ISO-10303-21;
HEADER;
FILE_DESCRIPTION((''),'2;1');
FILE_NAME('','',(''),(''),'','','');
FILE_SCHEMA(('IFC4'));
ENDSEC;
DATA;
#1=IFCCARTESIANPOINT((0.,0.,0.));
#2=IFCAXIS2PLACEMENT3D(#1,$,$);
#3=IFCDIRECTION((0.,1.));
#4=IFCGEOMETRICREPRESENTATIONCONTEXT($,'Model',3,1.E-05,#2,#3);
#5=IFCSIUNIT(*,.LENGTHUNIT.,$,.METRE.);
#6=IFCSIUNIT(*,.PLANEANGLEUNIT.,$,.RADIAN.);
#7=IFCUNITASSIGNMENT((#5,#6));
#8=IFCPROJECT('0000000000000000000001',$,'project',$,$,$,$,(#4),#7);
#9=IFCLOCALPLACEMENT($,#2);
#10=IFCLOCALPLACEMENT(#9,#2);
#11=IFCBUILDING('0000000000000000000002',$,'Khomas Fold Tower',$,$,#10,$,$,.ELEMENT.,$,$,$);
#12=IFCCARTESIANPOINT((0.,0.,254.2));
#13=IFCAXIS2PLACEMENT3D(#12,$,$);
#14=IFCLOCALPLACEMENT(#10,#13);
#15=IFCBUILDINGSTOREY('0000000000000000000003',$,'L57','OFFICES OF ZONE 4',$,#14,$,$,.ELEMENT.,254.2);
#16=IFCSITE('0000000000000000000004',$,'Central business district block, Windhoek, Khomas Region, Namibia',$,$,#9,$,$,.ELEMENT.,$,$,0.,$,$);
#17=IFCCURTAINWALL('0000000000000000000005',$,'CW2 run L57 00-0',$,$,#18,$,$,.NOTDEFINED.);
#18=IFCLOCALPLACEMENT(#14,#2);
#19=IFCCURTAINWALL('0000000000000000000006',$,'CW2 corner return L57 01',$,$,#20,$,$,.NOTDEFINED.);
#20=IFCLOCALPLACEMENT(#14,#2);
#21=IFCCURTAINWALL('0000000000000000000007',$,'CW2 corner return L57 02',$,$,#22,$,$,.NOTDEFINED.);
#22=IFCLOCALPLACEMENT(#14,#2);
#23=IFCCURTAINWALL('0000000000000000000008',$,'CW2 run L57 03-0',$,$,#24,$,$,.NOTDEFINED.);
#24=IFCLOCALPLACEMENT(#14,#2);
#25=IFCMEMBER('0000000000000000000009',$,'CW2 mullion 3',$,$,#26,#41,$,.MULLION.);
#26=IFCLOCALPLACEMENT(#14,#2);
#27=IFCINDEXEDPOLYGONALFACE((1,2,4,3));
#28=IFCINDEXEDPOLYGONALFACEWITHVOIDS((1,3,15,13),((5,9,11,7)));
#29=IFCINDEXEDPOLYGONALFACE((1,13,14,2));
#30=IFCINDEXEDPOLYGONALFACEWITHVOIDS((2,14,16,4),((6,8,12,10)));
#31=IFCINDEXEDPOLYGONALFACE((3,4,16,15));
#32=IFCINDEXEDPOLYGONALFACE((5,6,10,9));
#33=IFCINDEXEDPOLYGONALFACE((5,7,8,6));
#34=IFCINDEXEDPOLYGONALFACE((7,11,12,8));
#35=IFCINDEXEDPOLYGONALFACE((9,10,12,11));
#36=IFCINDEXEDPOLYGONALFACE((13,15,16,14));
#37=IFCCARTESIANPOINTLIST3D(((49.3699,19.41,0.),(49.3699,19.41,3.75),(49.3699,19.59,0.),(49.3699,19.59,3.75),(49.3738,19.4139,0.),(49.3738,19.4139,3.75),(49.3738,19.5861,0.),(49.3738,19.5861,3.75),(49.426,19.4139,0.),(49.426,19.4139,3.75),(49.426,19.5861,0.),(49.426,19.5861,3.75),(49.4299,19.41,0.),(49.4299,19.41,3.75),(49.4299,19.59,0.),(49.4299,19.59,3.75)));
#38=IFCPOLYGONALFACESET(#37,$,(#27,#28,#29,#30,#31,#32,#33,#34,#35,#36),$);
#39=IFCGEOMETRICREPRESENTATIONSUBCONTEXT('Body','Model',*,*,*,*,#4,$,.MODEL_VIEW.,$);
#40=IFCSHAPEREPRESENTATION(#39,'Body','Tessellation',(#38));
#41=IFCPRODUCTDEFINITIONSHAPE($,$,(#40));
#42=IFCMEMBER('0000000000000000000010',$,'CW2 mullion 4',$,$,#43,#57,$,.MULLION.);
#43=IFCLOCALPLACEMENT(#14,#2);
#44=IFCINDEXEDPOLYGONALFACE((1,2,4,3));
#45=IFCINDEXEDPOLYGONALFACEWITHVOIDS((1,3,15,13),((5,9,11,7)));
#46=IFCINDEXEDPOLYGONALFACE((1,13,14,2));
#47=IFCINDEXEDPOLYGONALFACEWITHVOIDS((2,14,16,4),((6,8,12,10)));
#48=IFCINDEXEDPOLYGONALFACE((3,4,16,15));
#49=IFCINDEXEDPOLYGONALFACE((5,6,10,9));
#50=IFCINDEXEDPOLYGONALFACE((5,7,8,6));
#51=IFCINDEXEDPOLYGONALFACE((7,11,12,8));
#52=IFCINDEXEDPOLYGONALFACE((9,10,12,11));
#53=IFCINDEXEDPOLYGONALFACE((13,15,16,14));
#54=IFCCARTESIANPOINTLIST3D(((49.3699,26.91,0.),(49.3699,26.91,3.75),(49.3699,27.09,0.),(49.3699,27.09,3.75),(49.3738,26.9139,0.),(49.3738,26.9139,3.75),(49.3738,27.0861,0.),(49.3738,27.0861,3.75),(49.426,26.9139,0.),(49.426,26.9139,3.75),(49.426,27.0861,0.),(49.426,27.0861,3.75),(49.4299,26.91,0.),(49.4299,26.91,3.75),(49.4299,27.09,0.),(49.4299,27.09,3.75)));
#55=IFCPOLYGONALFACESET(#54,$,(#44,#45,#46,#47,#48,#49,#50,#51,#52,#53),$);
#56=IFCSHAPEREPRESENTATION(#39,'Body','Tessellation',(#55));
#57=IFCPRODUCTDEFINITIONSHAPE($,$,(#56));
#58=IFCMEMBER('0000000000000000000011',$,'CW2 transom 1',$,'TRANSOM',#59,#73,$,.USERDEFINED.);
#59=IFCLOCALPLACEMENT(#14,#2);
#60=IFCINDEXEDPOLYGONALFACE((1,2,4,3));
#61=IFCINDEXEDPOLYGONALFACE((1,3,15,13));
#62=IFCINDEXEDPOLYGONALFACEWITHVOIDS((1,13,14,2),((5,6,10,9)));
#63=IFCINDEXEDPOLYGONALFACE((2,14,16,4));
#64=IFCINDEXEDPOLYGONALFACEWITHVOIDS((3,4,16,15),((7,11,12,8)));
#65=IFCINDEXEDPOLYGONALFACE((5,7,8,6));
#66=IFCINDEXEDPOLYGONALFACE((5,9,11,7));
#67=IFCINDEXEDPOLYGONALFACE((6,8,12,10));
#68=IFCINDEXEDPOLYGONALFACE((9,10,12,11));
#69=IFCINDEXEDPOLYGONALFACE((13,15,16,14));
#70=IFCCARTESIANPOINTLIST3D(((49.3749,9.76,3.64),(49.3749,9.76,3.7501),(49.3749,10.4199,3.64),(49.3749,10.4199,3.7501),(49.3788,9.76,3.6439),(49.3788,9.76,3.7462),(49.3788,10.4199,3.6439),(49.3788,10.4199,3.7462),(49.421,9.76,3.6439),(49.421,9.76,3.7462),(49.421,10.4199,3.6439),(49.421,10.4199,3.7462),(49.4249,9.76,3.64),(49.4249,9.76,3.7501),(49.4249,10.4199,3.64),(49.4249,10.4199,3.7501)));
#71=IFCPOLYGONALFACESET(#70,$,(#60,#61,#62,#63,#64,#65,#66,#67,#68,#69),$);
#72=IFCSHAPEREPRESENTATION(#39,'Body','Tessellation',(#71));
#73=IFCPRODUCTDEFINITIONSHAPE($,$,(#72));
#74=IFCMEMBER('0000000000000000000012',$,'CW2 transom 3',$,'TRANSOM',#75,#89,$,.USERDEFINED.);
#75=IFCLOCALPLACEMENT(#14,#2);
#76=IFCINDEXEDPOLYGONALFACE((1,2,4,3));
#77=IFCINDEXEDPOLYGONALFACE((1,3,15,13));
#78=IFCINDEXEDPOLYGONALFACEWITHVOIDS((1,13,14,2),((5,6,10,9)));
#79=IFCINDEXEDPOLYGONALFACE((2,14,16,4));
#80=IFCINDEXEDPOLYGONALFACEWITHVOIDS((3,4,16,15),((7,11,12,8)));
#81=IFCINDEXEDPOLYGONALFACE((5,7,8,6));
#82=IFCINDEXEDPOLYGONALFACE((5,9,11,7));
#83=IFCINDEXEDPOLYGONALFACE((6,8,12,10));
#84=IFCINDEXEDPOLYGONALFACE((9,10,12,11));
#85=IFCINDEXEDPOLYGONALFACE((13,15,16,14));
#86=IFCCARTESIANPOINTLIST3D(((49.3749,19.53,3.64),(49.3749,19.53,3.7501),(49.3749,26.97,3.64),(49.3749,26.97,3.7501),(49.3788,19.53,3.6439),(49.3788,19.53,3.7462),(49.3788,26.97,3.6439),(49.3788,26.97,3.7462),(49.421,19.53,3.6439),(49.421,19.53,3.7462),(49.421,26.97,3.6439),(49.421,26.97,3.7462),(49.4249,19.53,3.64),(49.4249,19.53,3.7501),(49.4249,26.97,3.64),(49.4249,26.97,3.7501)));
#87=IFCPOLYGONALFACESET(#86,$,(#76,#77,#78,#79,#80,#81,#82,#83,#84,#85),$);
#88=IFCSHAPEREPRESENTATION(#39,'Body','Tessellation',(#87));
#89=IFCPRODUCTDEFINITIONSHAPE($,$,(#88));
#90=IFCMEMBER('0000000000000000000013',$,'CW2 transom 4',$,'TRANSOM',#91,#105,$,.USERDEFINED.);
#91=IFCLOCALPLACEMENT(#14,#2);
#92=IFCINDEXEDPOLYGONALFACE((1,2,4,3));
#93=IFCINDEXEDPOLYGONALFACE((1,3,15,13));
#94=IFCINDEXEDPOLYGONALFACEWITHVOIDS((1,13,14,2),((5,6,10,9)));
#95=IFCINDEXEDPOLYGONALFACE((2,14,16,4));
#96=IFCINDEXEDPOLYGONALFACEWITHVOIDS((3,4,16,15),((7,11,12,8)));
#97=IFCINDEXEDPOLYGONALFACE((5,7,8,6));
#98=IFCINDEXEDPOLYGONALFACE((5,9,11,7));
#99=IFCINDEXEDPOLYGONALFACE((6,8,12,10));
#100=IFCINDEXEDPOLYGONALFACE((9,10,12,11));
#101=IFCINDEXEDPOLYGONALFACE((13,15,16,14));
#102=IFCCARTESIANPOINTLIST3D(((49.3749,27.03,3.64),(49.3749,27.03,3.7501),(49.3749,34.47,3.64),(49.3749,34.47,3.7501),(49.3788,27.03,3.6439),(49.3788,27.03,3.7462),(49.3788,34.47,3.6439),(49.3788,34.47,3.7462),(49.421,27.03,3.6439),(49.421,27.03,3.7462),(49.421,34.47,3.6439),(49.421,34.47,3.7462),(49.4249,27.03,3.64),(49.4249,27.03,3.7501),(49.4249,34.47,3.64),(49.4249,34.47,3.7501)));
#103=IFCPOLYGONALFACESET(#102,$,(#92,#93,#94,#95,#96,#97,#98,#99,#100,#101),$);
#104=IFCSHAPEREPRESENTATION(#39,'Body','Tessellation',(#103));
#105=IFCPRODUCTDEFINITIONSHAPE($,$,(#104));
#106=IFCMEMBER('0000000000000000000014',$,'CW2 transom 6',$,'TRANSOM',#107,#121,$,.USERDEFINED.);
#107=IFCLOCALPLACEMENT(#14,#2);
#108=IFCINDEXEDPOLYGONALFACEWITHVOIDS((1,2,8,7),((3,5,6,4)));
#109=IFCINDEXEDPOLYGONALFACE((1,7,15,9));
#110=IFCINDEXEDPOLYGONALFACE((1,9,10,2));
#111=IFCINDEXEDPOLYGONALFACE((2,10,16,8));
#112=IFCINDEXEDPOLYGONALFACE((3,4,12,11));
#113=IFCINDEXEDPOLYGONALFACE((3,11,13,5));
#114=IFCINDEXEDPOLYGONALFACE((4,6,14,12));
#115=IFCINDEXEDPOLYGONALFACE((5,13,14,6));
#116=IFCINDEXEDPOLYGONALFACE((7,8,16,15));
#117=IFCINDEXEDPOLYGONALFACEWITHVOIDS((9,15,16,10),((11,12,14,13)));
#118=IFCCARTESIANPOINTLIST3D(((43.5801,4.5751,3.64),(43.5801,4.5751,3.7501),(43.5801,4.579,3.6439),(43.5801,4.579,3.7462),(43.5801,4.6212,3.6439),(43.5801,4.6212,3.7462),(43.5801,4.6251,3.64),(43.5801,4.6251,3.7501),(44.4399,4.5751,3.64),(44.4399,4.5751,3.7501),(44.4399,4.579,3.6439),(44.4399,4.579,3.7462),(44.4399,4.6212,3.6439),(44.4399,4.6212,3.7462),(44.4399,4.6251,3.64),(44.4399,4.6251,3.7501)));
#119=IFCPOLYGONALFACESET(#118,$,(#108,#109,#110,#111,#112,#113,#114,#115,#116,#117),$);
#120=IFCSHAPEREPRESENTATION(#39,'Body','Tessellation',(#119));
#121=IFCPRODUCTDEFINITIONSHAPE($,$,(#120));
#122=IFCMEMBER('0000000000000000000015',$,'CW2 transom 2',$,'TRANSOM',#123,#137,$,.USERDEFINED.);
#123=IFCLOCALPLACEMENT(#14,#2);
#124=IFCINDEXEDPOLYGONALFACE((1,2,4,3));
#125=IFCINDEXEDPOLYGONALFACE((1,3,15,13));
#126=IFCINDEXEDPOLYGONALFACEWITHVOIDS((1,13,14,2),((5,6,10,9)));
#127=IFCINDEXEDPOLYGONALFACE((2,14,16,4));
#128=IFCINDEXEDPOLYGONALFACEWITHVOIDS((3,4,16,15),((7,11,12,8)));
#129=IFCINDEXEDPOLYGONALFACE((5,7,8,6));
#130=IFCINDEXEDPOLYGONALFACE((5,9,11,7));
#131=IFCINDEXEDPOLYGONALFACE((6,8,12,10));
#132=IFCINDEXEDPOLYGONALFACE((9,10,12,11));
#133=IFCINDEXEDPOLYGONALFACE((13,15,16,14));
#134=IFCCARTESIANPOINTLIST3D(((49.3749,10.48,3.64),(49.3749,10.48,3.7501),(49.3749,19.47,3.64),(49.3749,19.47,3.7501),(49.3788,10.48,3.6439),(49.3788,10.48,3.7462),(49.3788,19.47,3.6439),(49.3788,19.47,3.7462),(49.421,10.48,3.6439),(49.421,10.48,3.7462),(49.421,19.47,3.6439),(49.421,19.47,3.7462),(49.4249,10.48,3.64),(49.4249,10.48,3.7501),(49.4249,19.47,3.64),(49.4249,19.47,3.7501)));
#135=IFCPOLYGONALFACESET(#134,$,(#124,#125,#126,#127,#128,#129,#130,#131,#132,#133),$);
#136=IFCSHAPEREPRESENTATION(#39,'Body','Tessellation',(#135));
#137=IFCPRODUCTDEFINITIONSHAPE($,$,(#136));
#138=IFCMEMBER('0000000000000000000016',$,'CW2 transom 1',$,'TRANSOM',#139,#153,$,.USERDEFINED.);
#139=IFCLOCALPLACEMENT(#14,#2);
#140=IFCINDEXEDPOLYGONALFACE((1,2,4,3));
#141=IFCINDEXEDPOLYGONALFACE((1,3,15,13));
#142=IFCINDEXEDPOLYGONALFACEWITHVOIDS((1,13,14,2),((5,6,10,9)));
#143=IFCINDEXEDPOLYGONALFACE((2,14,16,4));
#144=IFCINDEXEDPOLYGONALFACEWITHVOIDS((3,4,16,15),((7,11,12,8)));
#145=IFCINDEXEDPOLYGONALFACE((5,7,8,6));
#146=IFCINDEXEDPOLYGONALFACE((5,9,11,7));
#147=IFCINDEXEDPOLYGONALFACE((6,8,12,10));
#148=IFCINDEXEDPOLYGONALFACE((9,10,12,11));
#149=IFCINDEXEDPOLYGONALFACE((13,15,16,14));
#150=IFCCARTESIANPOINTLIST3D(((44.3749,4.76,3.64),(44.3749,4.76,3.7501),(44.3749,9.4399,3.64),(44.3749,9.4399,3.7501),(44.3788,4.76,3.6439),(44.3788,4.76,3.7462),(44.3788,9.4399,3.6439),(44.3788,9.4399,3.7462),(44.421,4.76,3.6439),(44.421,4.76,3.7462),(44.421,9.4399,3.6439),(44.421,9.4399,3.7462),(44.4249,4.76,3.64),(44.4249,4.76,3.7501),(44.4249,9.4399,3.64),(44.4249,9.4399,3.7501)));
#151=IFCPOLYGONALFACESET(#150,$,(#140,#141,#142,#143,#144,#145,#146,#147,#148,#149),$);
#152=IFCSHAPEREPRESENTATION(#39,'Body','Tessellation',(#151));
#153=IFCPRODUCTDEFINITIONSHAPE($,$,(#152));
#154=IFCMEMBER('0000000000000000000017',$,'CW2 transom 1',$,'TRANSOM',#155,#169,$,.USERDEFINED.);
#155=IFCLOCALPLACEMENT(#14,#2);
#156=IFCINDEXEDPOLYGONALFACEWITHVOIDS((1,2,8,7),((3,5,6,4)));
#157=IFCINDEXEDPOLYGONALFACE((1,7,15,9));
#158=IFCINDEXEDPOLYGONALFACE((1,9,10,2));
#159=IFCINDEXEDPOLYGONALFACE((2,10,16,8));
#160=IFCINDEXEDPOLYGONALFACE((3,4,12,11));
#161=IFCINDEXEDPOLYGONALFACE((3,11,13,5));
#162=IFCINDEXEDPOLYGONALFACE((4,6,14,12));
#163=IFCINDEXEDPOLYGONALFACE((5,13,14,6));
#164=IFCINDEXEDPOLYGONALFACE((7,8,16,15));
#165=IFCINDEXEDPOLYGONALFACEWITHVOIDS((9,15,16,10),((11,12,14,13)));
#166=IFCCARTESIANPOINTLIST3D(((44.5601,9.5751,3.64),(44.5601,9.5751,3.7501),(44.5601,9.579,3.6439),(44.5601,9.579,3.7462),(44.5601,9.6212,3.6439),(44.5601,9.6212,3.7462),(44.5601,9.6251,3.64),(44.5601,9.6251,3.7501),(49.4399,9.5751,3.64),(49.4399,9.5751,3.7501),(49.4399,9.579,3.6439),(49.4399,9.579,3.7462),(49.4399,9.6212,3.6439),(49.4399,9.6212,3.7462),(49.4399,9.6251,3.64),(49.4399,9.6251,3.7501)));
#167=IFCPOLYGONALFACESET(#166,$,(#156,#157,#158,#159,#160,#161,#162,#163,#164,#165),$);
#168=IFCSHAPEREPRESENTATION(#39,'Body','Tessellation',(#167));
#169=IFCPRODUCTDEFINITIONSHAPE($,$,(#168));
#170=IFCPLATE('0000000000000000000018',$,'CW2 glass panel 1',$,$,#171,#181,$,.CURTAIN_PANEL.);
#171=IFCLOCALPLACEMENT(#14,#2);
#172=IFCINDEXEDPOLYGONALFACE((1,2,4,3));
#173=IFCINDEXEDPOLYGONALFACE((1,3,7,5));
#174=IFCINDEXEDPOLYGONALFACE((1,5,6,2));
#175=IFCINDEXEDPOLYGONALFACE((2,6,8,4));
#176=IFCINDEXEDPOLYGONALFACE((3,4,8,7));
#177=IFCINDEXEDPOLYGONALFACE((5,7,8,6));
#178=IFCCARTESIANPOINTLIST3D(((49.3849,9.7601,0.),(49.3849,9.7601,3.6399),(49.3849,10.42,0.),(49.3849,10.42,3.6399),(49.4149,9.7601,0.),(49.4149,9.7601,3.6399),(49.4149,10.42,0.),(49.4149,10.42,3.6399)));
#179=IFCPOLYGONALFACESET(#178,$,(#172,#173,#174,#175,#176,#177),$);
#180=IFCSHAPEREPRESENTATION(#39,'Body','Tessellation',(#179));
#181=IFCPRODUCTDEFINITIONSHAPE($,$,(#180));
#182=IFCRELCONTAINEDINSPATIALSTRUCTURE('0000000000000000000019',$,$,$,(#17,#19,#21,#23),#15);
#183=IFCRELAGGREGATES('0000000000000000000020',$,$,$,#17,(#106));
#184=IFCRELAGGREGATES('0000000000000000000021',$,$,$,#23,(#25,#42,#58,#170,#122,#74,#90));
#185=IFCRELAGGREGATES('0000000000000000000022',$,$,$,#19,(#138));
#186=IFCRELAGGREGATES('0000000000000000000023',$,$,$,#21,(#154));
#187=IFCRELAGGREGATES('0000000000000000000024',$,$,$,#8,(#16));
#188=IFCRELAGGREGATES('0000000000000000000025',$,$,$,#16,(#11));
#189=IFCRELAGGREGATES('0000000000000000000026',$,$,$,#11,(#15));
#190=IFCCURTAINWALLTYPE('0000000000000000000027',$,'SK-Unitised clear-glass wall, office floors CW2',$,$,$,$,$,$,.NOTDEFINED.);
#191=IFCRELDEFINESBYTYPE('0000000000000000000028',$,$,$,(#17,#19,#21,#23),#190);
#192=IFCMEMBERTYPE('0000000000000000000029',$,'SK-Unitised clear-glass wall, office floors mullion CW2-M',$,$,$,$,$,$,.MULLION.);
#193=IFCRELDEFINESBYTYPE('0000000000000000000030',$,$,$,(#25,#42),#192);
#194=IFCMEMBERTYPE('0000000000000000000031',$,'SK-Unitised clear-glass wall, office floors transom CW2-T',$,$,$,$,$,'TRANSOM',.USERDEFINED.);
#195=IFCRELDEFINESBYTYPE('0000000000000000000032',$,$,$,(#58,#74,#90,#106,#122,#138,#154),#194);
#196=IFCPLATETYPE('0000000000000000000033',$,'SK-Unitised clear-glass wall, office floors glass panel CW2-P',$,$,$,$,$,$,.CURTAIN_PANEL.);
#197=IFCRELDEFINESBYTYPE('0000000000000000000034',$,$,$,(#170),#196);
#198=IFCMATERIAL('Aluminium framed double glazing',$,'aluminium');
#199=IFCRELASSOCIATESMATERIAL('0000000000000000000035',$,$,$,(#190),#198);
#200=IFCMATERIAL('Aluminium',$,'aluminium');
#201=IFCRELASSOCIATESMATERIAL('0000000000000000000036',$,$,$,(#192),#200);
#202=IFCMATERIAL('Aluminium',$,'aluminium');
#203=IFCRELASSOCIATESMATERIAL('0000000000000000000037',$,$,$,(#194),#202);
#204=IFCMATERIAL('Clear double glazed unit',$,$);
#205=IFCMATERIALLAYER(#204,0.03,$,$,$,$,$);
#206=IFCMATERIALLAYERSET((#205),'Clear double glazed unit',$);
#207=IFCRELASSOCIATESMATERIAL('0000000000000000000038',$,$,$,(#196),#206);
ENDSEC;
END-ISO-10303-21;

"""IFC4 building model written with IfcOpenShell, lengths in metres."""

from ifc_helpers import new_model, si_unit, direction, frame, origin, origin_2d, place, context, subcontext, project, spatial, rectangle, hollow_rectangle, extrude, source, transform, mapped, material, layer, layer_set, material_profile, profile_set, type_object, element, aggregate, save


model = new_model("IFC4")

# Units and contexts
model_context = context("Model", 3, precision=1e-05, world=origin(), true_north=direction((0.0, 1.0)))
body_context = subcontext(model_context, "Body", "Model", "MODEL_VIEW")
ifc_project = project(units=[si_unit("LENGTHUNIT", "METRE"), si_unit("PLANEANGLEUNIT", "RADIAN")], contexts=[model_context])

# Site, building, storey
site_placement = place(None, origin())
site = spatial("IfcSite", under=ifc_project, at=site_placement, Name="Central business district block, Windhoek, Khomas Region, Namibia", CompositionType="ELEMENT", RefElevation=0.0)
building_placement = place(site_placement, origin())
building = spatial("IfcBuilding", under=site, at=building_placement, Name="Khomas Fold Tower", CompositionType="ELEMENT")
storey_placement = place(building_placement, frame((0.0, 0.0, 254.2)))
storey = spatial("IfcBuildingStorey", under=building, at=storey_placement, Name="L57", Description="OFFICES OF ZONE 4", CompositionType="ELEMENT", Elevation=254.2)

# Curtain walls, members
ifc_material_1 = material(Name="Aluminium framed double glazing", Category="aluminium")
curtain_wall_type = type_object("IfcCurtainWallType", Name="SK-Unitised clear-glass wall, office floors CW2", PredefinedType="NOTDEFINED", material=ifc_material_1)
curtain_wall_1_placement = place(storey_placement, origin())
curtain_wall_1 = element("IfcCurtainWall", 1, at=curtain_wall_1_placement, inside=storey, type_object=curtain_wall_type, Name="CW2 run L57 00-0", PredefinedType="NOTDEFINED")
ifc_material_2 = material(Name="Aluminium", Category="aluminium")
ifc_material_profile_1 = material_profile(ifc_material_2, hollow_rectangle(XDim=0.0601, YDim=0.1799, WallThickness=0.0039, at=origin_2d()), Name="SK-Unitised clear-glass wall, office floors mullion CW2-M")
ifc_profile_set_1 = profile_set([ifc_material_profile_1], Name="Aluminium")
member_type_1 = type_object("IfcMemberType", Name="SK-Unitised clear-glass wall, office floors mullion CW2-M", PredefinedType="MULLION", material=ifc_profile_set_1)
shared_shape_1 = source(origin(), body_context, "Body", "SweptSolid", [
    extrude(hollow_rectangle(XDim=0.0601, YDim=0.1799, WallThickness=0.0039, at=origin_2d()), origin(), (0.0, 0.0, 1.0), 3.75),
])
curtain_wall_2_placement = place(storey_placement, origin())
curtain_wall_2 = element("IfcCurtainWall", 2, at=curtain_wall_2_placement, inside=storey, type_object=curtain_wall_type, Name="CW2 corner return L57 01", PredefinedType="NOTDEFINED")
curtain_wall_3_placement = place(storey_placement, origin())
curtain_wall_3 = element("IfcCurtainWall", 3, at=curtain_wall_3_placement, inside=storey, type_object=curtain_wall_type, Name="CW2 corner return L57 02", PredefinedType="NOTDEFINED")
curtain_wall_4_placement = place(storey_placement, origin())
curtain_wall_4 = element("IfcCurtainWall", 4, at=curtain_wall_4_placement, inside=storey, type_object=curtain_wall_type, Name="CW2 run L57 03-0", PredefinedType="NOTDEFINED")
member_1_placement = place(storey_placement, frame((49.3999, 19.5, 0.0), z_axis=(0.0, 0.0, 1.0), x_axis=(-1.0, 0.0, 0.0)))
member_1 = element("IfcMember", 5, at=member_1_placement, type_object=member_type_1, Name="CW2 mullion 3", PredefinedType="MULLION", context=body_context, shape_type="MappedRepresentation", body=[
    mapped(shared_shape_1, transform((0.0, 0.0, 0.0))),
])
member_2_placement = place(storey_placement, frame((49.3999, 27.0, 0.0), z_axis=(0.0, 0.0, 1.0), x_axis=(-1.0, 0.0, 0.0)))
member_2 = element("IfcMember", 6, at=member_2_placement, type_object=member_type_1, Name="CW2 mullion 4", PredefinedType="MULLION", context=body_context, shape_type="MappedRepresentation", body=[
    mapped(shared_shape_1, transform((0.0, 0.0, 0.0))),
])
ifc_material_3 = material(Name="Aluminium", Category="aluminium")
ifc_material_profile_2 = material_profile(ifc_material_3, hollow_rectangle(XDim=0.05, YDim=0.1101, WallThickness=0.0039, at=origin_2d()), Name="SK-Unitised clear-glass wall, office floors transom CW2-T")
ifc_profile_set_2 = profile_set([ifc_material_profile_2], Name="Aluminium")
member_type_2 = type_object("IfcMemberType", Name="SK-Unitised clear-glass wall, office floors transom CW2-T", ElementType="TRANSOM", PredefinedType="USERDEFINED", material=ifc_profile_set_2)
shared_shape_2 = source(origin(), body_context, "Body", "SweptSolid", [
    extrude(hollow_rectangle(XDim=0.05, YDim=0.1101, WallThickness=0.0039, at=origin_2d()), origin(), (0.0, 0.0, 1.0), 0.6599),
])
member_3_placement = place(storey_placement, frame((49.3999, 9.76, 3.6951), z_axis=(0.0, 1.0, 0.0), x_axis=(-1.0, 0.0, 0.0)))
member_3 = element("IfcMember", 7, at=member_3_placement, type_object=member_type_2, Name="CW2 transom 1", ObjectType="TRANSOM", PredefinedType="USERDEFINED", context=body_context, shape_type="MappedRepresentation", body=[
    mapped(shared_shape_2, transform((0.0, 0.0, 0.0))),
])
shared_shape_3 = source(origin(), body_context, "Body", "SweptSolid", [
    extrude(hollow_rectangle(XDim=0.05, YDim=0.1101, WallThickness=0.0039, at=origin_2d()), origin(), (0.0, 0.0, 1.0), 7.4399),
])
member_4_placement = place(storey_placement, frame((49.3999, 19.53, 3.6951), z_axis=(0.0, 1.0, 0.0), x_axis=(-1.0, 0.0, 0.0)))
member_4 = element("IfcMember", 8, at=member_4_placement, type_object=member_type_2, Name="CW2 transom 3", ObjectType="TRANSOM", PredefinedType="USERDEFINED", context=body_context, shape_type="MappedRepresentation", body=[
    mapped(shared_shape_3, transform((0.0, 0.0, 0.0))),
])
member_5_placement = place(storey_placement, frame((49.3999, 27.03, 3.6951), z_axis=(0.0, 1.0, 0.0), x_axis=(-1.0, 0.0, 0.0)))
member_5 = element("IfcMember", 9, at=member_5_placement, type_object=member_type_2, Name="CW2 transom 4", ObjectType="TRANSOM", PredefinedType="USERDEFINED", context=body_context, shape_type="MappedRepresentation", body=[
    mapped(shared_shape_3, transform((0.0, 0.0, 0.0))),
])

# Members
shared_shape_4 = source(origin(), body_context, "Body", "SweptSolid", [
    extrude(hollow_rectangle(XDim=0.05, YDim=0.1101, WallThickness=0.0039, at=origin_2d()), origin(), (0.0, 0.0, 1.0), 0.8599),
])
member_6_placement = place(storey_placement, frame((43.5801, 4.6001, 3.6951), z_axis=(1.0, 0.0, 0.0), x_axis=(0.0, 1.0, 0.0)))
member_6 = element("IfcMember", 10, at=member_6_placement, type_object=member_type_2, Name="CW2 transom 6", ObjectType="TRANSOM", PredefinedType="USERDEFINED", context=body_context, shape_type="MappedRepresentation", body=[
    mapped(shared_shape_4, transform((0.0, 0.0, 0.0))),
])
shared_shape_5 = source(origin(), body_context, "Body", "SweptSolid", [
    extrude(hollow_rectangle(XDim=0.05, YDim=0.1101, WallThickness=0.0039, at=origin_2d()), origin(), (0.0, 0.0, 1.0), 8.99),
])
member_7_placement = place(storey_placement, frame((49.3999, 10.48, 3.6951), z_axis=(0.0, 1.0, 0.0), x_axis=(-1.0, 0.0, 0.0)))
member_7 = element("IfcMember", 11, at=member_7_placement, type_object=member_type_2, Name="CW2 transom 2", ObjectType="TRANSOM", PredefinedType="USERDEFINED", context=body_context, shape_type="MappedRepresentation", body=[
    mapped(shared_shape_5, transform((0.0, 0.0, 0.0))),
])
shared_shape_6 = source(origin(), body_context, "Body", "SweptSolid", [
    extrude(hollow_rectangle(XDim=0.05, YDim=0.1101, WallThickness=0.0039, at=origin_2d()), origin(), (0.0, 0.0, 1.0), 4.6799),
])
member_8_placement = place(storey_placement, frame((44.3999, 4.76, 3.6951), z_axis=(0.0, 1.0, 0.0), x_axis=(-1.0, 0.0, 0.0)))
member_8 = element("IfcMember", 12, at=member_8_placement, type_object=member_type_2, Name="CW2 transom 1", ObjectType="TRANSOM", PredefinedType="USERDEFINED", context=body_context, shape_type="MappedRepresentation", body=[
    mapped(shared_shape_6, transform((0.0, 0.0, 0.0))),
])
shared_shape_7 = source(origin(), body_context, "Body", "SweptSolid", [
    extrude(hollow_rectangle(XDim=0.05, YDim=0.1101, WallThickness=0.0039, at=origin_2d()), origin(), (0.0, 0.0, 1.0), 4.8799),
])
member_9_placement = place(storey_placement, frame((44.5601, 9.6001, 3.6951), z_axis=(1.0, 0.0, 0.0), x_axis=(0.0, 1.0, 0.0)))
member_9 = element("IfcMember", 13, at=member_9_placement, type_object=member_type_2, Name="CW2 transom 1", ObjectType="TRANSOM", PredefinedType="USERDEFINED", context=body_context, shape_type="MappedRepresentation", body=[
    mapped(shared_shape_7, transform((0.0, 0.0, 0.0))),
])

# Plate
ifc_material_4 = material(Name="Clear double glazed unit")
ifc_layer = layer(ifc_material_4, 0.03)
ifc_layer_set = layer_set([ifc_layer], Name="Clear double glazed unit")
plate_type = type_object("IfcPlateType", Name="SK-Unitised clear-glass wall, office floors glass panel CW2-P", PredefinedType="CURTAIN_PANEL", material=ifc_layer_set)
shared_shape_8 = source(origin(), body_context, "Body", "SweptSolid", [
    extrude(rectangle(XDim=0.6599, YDim=0.03, at=origin_2d()), origin(), (0.0, 0.0, 1.0), 3.6399),
])
plate_1_placement = place(storey_placement, frame((49.3999, 10.0901, 0.0), z_axis=(0.0, 0.0, 1.0), x_axis=(0.0, 1.0, 0.0)))
plate_1 = element("IfcPlate", 14, at=plate_1_placement, type_object=plate_type, Name="CW2 glass panel 1", PredefinedType="CURTAIN_PANEL", context=body_context, shape_type="MappedRepresentation", body=[
    mapped(shared_shape_8, transform((0.0, 0.0, 0.0))),
])
aggregate(curtain_wall_1, [member_6])
aggregate(curtain_wall_4, [member_1, member_2, member_3, plate_1, member_7, member_4, member_5])
aggregate(curtain_wall_2, [member_8])
aggregate(curtain_wall_3, [member_9])

save(model, "model.ifc")
